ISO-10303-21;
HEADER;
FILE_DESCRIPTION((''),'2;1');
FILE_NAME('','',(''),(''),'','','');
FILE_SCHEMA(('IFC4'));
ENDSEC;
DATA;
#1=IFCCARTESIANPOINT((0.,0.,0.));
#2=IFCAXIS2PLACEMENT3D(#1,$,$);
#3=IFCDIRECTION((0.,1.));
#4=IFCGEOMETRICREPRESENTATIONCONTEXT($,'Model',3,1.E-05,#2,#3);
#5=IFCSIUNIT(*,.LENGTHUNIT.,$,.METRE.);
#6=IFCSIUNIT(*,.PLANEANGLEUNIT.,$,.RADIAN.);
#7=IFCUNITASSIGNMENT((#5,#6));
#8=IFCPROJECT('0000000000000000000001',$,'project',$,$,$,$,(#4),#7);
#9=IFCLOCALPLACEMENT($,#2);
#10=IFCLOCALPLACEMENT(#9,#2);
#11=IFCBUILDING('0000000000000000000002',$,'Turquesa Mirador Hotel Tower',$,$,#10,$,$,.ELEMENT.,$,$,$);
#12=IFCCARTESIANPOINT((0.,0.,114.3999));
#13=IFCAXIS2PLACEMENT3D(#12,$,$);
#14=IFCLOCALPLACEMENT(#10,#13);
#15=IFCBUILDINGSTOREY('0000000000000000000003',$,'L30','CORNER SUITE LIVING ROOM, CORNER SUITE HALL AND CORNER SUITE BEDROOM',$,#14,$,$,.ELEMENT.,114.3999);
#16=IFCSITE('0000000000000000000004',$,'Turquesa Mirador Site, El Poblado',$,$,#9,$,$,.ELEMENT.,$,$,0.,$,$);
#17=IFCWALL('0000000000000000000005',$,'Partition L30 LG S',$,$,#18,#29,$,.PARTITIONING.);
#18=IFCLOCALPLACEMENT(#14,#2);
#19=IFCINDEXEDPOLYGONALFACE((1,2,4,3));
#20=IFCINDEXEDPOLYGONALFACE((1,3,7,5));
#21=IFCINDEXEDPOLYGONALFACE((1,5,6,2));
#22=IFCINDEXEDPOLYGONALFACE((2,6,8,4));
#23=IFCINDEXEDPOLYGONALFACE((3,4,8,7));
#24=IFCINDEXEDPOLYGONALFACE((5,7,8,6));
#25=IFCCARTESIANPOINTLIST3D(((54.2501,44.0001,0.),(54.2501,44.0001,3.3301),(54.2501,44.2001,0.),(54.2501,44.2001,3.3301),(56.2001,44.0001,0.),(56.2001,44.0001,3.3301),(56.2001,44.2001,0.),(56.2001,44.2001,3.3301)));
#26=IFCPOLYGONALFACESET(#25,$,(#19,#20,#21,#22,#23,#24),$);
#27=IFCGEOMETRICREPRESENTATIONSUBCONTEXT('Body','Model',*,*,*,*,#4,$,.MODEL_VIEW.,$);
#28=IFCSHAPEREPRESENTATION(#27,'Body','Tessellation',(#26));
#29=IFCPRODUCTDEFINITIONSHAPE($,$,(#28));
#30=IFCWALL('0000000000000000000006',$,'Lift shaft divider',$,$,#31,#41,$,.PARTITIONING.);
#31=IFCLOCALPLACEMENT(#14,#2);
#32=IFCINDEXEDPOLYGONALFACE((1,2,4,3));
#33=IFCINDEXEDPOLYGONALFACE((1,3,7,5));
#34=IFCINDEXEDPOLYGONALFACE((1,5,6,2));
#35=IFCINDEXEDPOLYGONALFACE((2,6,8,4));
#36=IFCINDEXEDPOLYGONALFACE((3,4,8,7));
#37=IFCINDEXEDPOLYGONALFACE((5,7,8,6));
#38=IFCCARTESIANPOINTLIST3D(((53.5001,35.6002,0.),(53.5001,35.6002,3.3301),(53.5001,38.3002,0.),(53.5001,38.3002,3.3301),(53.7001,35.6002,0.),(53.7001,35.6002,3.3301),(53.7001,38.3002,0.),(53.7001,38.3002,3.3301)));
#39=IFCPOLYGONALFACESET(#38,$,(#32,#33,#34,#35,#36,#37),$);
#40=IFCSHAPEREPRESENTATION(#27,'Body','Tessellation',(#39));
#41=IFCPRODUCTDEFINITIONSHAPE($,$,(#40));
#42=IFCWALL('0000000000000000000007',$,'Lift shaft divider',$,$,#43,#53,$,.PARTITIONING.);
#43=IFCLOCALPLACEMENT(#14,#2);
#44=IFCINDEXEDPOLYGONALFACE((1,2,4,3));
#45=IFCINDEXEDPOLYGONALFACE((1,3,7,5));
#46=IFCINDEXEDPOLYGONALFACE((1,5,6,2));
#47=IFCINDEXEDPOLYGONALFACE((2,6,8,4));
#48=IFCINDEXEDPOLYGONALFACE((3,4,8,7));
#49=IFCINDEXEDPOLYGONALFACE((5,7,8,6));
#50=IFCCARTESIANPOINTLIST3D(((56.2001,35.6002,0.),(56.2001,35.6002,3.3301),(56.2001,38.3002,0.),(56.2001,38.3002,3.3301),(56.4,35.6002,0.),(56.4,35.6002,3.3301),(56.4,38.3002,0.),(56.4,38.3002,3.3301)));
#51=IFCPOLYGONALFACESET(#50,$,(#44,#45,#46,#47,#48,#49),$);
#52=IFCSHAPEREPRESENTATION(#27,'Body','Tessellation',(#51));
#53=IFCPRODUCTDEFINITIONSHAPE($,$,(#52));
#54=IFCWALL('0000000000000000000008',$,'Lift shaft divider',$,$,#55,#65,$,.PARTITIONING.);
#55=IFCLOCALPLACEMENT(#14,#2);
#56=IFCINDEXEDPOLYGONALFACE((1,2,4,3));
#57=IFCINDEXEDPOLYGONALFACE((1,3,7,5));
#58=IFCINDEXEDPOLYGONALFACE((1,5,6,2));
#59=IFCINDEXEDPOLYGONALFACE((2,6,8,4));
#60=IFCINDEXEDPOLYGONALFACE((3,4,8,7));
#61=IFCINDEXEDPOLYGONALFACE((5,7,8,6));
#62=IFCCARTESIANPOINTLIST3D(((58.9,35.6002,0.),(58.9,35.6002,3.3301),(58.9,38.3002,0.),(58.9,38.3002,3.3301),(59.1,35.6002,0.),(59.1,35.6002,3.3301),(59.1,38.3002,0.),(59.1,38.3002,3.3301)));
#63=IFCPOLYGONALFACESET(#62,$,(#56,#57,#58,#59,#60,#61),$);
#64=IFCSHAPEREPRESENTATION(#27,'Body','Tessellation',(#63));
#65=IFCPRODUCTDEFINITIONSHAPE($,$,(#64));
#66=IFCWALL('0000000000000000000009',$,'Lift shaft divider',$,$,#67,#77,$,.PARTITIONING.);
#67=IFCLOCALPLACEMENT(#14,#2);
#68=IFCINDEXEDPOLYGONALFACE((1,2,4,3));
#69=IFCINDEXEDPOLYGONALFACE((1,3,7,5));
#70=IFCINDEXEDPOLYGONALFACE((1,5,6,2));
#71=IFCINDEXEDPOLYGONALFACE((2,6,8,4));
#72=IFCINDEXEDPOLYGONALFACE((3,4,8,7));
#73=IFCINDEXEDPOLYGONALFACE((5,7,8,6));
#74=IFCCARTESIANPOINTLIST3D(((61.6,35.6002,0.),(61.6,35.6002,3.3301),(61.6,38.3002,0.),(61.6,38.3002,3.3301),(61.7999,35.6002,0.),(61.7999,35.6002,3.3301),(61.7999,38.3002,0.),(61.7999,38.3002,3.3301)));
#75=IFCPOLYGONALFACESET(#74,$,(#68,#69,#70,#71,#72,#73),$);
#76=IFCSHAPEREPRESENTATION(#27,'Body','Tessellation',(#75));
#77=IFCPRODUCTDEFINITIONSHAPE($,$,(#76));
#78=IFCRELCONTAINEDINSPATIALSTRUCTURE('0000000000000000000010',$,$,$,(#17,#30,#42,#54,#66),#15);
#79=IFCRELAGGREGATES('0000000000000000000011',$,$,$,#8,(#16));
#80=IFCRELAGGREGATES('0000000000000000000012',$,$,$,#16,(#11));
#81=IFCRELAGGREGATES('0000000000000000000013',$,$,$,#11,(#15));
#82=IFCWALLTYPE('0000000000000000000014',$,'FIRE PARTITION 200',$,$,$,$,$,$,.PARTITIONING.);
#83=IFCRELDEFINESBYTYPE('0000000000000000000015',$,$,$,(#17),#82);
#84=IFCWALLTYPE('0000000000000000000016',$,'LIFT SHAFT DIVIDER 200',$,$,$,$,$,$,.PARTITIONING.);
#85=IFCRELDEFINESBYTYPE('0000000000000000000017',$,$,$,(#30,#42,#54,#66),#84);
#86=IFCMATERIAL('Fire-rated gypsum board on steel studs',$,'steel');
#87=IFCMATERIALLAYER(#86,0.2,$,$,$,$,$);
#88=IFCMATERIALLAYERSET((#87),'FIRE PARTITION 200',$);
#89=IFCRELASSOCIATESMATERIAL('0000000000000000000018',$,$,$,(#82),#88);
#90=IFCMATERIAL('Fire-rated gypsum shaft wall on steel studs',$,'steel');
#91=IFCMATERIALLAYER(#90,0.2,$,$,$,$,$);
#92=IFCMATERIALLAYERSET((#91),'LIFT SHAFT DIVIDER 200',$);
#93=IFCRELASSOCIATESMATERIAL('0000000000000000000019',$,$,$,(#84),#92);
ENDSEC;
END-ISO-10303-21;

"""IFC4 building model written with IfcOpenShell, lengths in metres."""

from ifc_helpers import new_model, si_unit, direction, frame, frame_2d, origin, place, context, subcontext, project, spatial, rectangle, extrude, material, layer, layer_set, type_object, element, save


model = new_model("IFC4")

# Units and contexts
model_context = context("Model", 3, precision=1e-05, world=origin(), true_north=direction((0.0, 1.0)))
body_context = subcontext(model_context, "Body", "Model", "MODEL_VIEW")
ifc_project = project(units=[si_unit("LENGTHUNIT", "METRE"), si_unit("PLANEANGLEUNIT", "RADIAN")], contexts=[model_context])

# Site, building, storey
site_placement = place(None, origin())
site = spatial("IfcSite", under=ifc_project, at=site_placement, Name="Turquesa Mirador Site, El Poblado", CompositionType="ELEMENT", RefElevation=0.0)
building_placement = place(site_placement, origin())
building = spatial("IfcBuilding", under=site, at=building_placement, Name="Turquesa Mirador Hotel Tower", CompositionType="ELEMENT")
storey_placement = place(building_placement, frame((0.0, 0.0, 114.3999)))
storey = spatial("IfcBuildingStorey", under=building, at=storey_placement, Name="L30", Description="CORNER SUITE LIVING ROOM, CORNER SUITE HALL AND CORNER SUITE BEDROOM", CompositionType="ELEMENT", Elevation=114.3999)

# Shared definitions
ifc_material_1 = material(Name="Fire-rated gypsum board on steel studs", Category="steel")
ifc_layer_1 = layer(ifc_material_1, 0.2)
ifc_layer_set_1 = layer_set([ifc_layer_1], Name="FIRE PARTITION 200")
wall_type_1 = type_object("IfcWallType", Name="FIRE PARTITION 200", PredefinedType="PARTITIONING", material=ifc_layer_set_1)

# Walls
for number, where, z_axis, x_axis, name in (
    (1, (54.25, 44.1001, 0.0), (0.0, 0.0, 1.0), (1.0, 0.0, 0.0), "Partition L30 LG S"),
):
    element("IfcWall", number, at=place(storey_placement, frame(where, z_axis=z_axis, x_axis=x_axis)), inside=storey, type_object=wall_type_1, Name=name, PredefinedType="PARTITIONING", context=body_context, shape_type="SweptSolid", body=[
        extrude(rectangle(XDim=1.95, YDim=0.2, at=frame_2d((0.9751, 0.0))), origin(), (0.0, 0.0, 1.0), 3.3301),
    ])
ifc_material_2 = material(Name="Fire-rated gypsum shaft wall on steel studs", Category="steel")
ifc_layer_2 = layer(ifc_material_2, 0.2)
ifc_layer_set_2 = layer_set([ifc_layer_2], Name="LIFT SHAFT DIVIDER 200")
wall_type_2 = type_object("IfcWallType", Name="LIFT SHAFT DIVIDER 200", PredefinedType="PARTITIONING", material=ifc_layer_set_2)
for number, where, z_axis, x_axis, name in (
    (2, (53.6001, 35.6001, 0.0), (0.0, 0.0, 1.0), (0.0, 1.0, 0.0), "Lift shaft divider"),
    (3, (56.3, 35.6001, 0.0), (0.0, 0.0, 1.0), (0.0, 1.0, 0.0), "Lift shaft divider"),
    (4, (59.0, 35.6001, 0.0), (0.0, 0.0, 1.0), (0.0, 1.0, 0.0), "Lift shaft divider"),
    (5, (61.7, 35.6001, 0.0), (0.0, 0.0, 1.0), (0.0, 1.0, 0.0), "Lift shaft divider"),
):
    element("IfcWall", number, at=place(storey_placement, frame(where, z_axis=z_axis, x_axis=x_axis)), inside=storey, type_object=wall_type_2, Name=name, PredefinedType="PARTITIONING", context=body_context, shape_type="SweptSolid", body=[
        extrude(rectangle(XDim=2.7, YDim=0.2, at=frame_2d((1.3501, 0.0))), origin(), (0.0, 0.0, 1.0), 3.3301),
    ])

save(model, "model.ifc")
